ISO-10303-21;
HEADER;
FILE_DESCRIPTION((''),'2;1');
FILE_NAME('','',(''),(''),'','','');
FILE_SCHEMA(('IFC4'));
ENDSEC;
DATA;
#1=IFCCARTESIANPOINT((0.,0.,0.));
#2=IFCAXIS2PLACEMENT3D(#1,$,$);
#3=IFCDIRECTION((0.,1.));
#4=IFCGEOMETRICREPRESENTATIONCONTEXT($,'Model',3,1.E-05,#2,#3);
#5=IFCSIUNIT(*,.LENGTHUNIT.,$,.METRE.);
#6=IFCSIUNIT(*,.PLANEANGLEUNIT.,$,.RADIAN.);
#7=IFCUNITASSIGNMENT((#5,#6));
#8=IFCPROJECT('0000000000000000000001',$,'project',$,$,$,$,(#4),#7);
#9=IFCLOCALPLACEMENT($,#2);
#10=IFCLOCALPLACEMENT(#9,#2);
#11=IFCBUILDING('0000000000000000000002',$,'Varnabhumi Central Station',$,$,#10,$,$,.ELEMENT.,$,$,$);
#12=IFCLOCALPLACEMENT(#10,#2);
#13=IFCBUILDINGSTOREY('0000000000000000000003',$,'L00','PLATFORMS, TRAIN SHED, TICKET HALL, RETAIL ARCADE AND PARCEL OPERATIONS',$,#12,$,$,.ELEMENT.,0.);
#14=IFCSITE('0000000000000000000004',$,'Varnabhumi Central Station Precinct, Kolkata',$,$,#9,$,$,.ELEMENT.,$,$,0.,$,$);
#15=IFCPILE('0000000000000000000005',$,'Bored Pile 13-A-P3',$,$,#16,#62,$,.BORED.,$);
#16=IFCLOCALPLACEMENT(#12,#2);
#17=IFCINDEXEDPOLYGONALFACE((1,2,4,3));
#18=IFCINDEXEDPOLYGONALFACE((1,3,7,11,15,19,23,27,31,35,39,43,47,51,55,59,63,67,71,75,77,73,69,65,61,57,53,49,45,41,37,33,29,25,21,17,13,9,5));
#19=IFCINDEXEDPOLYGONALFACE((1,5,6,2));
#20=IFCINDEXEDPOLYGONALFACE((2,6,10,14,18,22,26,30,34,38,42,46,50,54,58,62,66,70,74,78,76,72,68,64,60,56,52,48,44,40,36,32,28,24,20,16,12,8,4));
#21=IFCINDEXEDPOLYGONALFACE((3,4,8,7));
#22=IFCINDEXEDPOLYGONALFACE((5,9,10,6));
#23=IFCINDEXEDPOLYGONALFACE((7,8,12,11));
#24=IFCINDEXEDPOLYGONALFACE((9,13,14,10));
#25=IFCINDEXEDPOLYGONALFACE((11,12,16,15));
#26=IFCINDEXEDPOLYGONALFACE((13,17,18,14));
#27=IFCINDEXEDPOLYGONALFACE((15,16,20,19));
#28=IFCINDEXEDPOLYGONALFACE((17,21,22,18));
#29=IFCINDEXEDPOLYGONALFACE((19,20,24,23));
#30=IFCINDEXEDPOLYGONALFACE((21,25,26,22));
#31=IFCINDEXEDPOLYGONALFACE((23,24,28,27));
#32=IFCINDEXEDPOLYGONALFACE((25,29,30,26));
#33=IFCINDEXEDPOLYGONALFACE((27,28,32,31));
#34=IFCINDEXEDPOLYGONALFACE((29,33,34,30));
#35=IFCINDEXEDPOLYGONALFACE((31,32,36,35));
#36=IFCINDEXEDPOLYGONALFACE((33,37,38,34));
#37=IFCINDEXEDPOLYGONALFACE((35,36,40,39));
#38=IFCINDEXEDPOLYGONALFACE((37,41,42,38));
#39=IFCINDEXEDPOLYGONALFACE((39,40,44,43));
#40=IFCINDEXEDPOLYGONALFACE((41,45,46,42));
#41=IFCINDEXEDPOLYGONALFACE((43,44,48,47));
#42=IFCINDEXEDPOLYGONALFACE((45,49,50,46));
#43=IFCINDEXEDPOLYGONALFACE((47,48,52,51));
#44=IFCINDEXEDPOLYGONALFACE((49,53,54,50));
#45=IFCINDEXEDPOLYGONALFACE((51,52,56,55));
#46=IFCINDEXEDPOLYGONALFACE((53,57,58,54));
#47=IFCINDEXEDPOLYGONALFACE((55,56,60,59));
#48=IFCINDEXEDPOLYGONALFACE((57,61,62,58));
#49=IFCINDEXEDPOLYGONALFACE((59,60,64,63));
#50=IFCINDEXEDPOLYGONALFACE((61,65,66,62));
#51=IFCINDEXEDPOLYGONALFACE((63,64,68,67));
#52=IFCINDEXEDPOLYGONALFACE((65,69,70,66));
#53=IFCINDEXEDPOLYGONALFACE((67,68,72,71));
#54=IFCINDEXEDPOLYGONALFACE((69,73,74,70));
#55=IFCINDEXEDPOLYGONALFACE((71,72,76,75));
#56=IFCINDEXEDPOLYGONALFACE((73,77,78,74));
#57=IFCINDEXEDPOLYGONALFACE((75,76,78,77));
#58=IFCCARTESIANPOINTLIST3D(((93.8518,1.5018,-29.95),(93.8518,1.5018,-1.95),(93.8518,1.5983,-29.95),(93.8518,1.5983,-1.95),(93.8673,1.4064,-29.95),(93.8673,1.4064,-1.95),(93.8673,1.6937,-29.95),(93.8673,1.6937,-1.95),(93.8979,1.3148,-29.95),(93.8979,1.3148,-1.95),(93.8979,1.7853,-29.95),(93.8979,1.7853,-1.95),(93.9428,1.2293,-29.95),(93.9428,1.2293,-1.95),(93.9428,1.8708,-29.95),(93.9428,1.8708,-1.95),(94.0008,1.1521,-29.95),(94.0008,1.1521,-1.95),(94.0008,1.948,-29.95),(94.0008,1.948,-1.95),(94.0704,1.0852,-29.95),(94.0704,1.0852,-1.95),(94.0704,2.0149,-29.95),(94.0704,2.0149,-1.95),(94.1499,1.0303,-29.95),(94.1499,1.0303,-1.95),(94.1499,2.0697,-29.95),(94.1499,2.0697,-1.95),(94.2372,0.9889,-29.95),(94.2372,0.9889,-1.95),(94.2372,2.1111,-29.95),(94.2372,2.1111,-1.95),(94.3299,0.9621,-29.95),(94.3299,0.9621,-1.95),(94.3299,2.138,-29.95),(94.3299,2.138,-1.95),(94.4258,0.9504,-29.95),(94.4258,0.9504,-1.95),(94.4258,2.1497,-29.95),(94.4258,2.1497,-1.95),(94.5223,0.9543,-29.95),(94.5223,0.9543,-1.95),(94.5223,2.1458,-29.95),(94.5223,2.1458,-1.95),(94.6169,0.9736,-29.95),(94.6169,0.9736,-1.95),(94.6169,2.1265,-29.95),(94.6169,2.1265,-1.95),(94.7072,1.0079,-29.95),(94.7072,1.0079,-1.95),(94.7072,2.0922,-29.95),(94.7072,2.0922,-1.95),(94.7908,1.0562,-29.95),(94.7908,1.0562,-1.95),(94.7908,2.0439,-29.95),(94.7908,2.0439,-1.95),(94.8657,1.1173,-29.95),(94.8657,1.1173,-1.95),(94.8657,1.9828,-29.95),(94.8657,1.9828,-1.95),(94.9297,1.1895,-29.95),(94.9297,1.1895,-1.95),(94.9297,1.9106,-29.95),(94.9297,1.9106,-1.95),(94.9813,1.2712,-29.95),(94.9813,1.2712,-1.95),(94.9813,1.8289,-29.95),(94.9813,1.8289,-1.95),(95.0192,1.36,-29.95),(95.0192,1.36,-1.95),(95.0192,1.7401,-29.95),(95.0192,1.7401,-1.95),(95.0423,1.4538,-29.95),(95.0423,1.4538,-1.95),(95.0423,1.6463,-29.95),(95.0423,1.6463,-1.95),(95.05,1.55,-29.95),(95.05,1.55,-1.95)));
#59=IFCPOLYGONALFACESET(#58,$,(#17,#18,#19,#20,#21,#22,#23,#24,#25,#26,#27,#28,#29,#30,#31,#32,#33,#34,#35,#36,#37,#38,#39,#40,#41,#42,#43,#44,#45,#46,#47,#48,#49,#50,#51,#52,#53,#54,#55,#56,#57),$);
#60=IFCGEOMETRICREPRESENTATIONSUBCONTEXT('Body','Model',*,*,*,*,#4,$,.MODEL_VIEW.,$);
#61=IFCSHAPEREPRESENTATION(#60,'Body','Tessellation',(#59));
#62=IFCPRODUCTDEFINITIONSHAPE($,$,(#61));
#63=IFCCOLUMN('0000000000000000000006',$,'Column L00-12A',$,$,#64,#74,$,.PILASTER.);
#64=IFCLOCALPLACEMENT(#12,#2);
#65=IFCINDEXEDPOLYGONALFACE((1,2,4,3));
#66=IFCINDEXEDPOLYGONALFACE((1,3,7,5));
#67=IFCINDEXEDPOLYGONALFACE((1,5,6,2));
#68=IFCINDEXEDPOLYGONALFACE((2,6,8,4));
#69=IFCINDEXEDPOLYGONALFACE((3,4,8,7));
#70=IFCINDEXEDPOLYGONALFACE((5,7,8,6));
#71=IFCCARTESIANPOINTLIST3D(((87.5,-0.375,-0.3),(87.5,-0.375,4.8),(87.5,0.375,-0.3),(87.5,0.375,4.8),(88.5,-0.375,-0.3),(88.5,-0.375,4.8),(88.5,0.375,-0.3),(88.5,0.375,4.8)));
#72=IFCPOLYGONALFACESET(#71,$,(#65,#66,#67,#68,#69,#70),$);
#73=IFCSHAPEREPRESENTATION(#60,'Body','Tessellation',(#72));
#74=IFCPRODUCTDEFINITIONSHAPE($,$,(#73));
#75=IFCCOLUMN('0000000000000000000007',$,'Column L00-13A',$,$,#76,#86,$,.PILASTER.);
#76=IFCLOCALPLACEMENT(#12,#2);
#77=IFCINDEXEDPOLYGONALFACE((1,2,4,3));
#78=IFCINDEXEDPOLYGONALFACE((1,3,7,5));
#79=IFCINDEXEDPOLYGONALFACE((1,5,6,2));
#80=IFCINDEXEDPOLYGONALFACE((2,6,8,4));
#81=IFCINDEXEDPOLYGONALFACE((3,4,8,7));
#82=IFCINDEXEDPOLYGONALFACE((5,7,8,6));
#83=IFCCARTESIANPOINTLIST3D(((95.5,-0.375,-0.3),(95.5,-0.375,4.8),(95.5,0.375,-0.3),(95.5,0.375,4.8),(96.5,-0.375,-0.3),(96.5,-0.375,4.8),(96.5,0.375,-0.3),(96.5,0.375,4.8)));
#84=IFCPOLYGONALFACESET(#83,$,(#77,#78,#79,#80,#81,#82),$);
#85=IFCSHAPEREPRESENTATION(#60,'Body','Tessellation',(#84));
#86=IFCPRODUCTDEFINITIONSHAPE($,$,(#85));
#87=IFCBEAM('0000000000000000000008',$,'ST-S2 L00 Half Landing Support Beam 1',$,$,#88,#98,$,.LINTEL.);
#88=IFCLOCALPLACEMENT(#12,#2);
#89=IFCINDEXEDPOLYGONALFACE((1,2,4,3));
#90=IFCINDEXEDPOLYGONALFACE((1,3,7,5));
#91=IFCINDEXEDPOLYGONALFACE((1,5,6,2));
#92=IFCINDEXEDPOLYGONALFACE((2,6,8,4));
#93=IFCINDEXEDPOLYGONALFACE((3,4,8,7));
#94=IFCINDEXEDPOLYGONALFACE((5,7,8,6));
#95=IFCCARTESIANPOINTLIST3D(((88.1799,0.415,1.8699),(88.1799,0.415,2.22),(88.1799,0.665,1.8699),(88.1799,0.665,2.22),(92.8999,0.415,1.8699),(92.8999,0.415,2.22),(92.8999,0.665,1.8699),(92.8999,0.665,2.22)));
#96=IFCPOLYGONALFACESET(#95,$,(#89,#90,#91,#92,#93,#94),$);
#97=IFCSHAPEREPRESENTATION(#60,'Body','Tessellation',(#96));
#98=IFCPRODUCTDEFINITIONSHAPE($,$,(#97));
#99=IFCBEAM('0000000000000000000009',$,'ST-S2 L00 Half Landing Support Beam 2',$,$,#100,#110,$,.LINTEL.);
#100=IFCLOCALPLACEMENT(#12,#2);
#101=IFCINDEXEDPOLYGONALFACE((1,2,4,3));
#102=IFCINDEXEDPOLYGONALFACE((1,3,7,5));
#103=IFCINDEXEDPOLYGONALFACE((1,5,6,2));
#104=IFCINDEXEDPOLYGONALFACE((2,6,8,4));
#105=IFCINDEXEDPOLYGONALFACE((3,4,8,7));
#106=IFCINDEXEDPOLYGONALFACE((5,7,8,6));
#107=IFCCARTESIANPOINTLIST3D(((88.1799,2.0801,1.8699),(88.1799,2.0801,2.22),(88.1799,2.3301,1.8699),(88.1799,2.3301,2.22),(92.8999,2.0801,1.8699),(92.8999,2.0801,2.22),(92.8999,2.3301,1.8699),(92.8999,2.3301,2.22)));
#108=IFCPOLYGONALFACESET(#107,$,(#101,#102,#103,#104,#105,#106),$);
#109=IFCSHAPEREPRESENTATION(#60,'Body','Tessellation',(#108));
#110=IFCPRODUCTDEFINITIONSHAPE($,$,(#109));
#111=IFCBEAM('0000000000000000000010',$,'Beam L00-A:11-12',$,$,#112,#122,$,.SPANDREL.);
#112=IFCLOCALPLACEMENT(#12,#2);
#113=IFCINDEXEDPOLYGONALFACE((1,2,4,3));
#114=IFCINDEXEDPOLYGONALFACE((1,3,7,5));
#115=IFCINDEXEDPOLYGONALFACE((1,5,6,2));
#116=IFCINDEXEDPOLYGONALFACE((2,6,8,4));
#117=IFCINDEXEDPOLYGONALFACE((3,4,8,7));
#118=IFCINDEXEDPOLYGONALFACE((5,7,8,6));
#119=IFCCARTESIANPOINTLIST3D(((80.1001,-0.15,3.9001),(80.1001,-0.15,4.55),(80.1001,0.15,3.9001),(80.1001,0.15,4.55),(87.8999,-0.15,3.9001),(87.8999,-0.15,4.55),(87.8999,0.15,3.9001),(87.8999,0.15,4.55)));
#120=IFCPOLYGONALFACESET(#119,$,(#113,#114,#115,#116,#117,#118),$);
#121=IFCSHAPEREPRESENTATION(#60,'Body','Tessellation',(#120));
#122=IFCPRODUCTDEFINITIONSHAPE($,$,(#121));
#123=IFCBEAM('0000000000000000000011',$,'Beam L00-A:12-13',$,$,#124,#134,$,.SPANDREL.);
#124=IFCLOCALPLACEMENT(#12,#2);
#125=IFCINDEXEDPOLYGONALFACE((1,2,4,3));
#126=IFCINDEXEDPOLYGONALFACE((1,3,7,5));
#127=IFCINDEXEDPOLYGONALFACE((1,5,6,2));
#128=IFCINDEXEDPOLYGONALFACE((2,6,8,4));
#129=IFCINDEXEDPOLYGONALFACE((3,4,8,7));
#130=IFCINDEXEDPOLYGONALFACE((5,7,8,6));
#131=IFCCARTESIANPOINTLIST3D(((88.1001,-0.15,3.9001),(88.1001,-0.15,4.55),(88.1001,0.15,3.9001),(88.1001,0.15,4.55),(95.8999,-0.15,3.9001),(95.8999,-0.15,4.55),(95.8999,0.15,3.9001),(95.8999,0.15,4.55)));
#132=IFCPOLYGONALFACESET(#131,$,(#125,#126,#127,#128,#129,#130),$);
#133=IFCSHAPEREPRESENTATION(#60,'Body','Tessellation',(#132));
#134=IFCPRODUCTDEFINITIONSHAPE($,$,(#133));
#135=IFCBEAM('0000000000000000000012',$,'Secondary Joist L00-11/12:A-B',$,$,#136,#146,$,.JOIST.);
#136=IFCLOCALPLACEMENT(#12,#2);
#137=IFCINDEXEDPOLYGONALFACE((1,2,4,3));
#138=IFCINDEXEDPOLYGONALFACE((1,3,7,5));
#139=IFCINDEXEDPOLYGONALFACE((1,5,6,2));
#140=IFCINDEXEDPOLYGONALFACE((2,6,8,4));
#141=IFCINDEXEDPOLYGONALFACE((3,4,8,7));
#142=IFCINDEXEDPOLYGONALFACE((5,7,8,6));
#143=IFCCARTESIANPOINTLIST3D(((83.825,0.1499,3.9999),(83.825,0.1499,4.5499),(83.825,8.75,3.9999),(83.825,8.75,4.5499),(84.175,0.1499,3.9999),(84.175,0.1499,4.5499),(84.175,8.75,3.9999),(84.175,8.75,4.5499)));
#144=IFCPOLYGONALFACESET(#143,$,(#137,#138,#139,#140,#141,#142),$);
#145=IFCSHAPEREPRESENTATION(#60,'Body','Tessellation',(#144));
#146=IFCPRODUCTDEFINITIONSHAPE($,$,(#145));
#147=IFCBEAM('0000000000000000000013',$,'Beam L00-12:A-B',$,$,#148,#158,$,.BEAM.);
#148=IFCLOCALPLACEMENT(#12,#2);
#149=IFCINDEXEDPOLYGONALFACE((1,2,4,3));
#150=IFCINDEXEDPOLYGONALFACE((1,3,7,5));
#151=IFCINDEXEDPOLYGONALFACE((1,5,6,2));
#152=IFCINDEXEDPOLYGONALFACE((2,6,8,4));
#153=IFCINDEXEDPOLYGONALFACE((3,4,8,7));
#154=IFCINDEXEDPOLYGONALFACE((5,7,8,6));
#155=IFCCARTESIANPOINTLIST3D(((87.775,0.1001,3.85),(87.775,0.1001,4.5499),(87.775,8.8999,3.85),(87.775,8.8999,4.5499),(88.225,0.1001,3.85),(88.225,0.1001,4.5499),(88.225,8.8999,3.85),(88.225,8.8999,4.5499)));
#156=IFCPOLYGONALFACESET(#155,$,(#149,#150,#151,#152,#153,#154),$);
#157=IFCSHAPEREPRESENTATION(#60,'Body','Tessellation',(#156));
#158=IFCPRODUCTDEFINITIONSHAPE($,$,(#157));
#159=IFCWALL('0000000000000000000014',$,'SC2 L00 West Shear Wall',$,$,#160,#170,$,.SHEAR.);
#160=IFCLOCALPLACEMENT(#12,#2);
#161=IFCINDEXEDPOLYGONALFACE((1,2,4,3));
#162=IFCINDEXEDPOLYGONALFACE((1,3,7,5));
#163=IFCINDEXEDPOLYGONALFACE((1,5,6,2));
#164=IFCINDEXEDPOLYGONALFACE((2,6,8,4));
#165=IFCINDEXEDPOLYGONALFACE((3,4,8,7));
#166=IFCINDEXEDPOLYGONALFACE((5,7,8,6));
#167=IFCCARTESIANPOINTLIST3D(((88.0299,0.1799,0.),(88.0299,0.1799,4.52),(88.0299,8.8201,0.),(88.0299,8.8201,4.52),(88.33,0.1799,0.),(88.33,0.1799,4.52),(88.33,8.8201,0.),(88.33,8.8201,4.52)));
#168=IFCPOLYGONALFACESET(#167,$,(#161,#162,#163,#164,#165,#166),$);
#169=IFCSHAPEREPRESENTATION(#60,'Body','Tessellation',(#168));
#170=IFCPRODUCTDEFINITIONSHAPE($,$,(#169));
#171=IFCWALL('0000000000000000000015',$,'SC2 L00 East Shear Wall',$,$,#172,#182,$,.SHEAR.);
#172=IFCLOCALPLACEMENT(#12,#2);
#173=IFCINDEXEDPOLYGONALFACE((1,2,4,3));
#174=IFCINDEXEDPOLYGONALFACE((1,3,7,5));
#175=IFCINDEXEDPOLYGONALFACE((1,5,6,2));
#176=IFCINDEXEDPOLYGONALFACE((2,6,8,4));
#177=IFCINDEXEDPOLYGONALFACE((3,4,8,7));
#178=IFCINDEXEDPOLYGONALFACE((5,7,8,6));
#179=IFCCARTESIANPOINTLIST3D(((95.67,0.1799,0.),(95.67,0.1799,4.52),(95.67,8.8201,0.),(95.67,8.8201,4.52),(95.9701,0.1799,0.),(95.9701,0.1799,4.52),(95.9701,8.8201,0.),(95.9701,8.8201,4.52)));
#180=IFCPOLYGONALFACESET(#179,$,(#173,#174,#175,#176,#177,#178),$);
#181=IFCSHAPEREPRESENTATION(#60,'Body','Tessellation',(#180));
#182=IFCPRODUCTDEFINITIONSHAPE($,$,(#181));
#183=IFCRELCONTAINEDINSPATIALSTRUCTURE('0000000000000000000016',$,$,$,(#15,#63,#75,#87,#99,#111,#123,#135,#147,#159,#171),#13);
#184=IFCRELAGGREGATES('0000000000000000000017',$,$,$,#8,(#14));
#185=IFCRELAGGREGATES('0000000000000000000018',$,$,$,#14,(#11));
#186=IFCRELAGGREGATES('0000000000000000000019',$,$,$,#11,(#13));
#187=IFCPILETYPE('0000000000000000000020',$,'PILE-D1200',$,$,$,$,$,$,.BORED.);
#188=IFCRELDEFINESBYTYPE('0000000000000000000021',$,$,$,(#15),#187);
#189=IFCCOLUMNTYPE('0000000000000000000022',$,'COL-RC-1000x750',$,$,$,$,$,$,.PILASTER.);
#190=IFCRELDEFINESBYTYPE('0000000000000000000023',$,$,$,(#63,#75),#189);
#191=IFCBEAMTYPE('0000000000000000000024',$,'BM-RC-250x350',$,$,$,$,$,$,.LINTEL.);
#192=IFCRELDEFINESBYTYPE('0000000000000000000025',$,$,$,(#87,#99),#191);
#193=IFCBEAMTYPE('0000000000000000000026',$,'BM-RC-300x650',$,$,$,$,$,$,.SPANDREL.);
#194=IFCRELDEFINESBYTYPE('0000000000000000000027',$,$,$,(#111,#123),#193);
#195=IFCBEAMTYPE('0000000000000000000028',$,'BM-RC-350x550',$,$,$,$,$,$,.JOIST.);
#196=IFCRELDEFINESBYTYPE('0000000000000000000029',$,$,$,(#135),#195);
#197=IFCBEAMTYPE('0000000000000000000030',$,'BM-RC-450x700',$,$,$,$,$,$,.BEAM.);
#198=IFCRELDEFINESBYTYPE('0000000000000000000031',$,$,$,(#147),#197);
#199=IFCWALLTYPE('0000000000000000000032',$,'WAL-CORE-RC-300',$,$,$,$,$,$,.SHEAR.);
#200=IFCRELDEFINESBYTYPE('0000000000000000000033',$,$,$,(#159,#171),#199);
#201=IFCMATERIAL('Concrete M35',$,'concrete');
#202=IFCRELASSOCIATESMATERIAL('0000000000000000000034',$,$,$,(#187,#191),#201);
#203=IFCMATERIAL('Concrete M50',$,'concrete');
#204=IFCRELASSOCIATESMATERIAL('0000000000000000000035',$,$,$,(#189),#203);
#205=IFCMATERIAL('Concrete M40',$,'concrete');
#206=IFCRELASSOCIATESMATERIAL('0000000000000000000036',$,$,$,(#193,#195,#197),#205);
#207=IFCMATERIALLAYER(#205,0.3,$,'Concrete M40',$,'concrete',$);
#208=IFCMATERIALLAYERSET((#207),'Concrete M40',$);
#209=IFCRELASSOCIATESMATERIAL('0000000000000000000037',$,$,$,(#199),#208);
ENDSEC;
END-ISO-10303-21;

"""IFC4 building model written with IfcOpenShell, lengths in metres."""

from ifc_helpers import new_model, si_unit, direction, frame, frame_2d, origin, origin_2d, place, context, subcontext, project, spatial, rectangle, circle, extrude, material, layer, layer_set, material_profile, profile_set, type_object, element, save


model = new_model("IFC4")

# Units and contexts
model_context = context("Model", 3, precision=1e-05, world=origin(), true_north=direction((0.0, 1.0)))
body_context = subcontext(model_context, "Body", "Model", "MODEL_VIEW")
ifc_project = project(units=[si_unit("LENGTHUNIT", "METRE"), si_unit("PLANEANGLEUNIT", "RADIAN")], contexts=[model_context])

# Site, building, storey
site_placement = place(None, origin())
site = spatial("IfcSite", under=ifc_project, at=site_placement, Name="Varnabhumi Central Station Precinct, Kolkata", CompositionType="ELEMENT", RefElevation=0.0)
building_placement = place(site_placement, origin())
building = spatial("IfcBuilding", under=site, at=building_placement, Name="Varnabhumi Central Station", CompositionType="ELEMENT")
storey_placement = place(building_placement, origin())
storey = spatial("IfcBuildingStorey", under=building, at=storey_placement, Name="L00", Description="PLATFORMS, TRAIN SHED, TICKET HALL, RETAIL ARCADE AND PARCEL OPERATIONS", CompositionType="ELEMENT", Elevation=0.0)

# Shared definitions
ifc_material_1 = material(Name="Concrete M40", Category="concrete")

# Pile
ifc_material_2 = material(Name="Concrete M35", Category="concrete")
ifc_material_profile_1 = material_profile(ifc_material_2, circle(Radius=0.6001, at=origin_2d()), Name="Concrete M35", Category="concrete")
ifc_profile_set_1 = profile_set([ifc_material_profile_1], Name="Concrete M35")
pile_type = type_object("IfcPileType", Name="PILE-D1200", PredefinedType="BORED", material=ifc_profile_set_1)
for number, where, z_axis, x_axis, name in (
    (1, (94.45, 1.55, -1.95), (0.0, 0.0, -1.0), (1.0, 0.0, 0.0), "Bored Pile 13-A-P3"),
):
    element("IfcPile", number, at=place(storey_placement, frame(where, z_axis=z_axis, x_axis=x_axis)), inside=storey, type_object=pile_type, Name=name, PredefinedType="BORED", context=body_context, shape_type="SweptSolid", body=[
        extrude(circle(Radius=0.6001, at=origin_2d()), origin(), (0.0, 0.0, 1.0), 28.0),
    ])

# Columns
ifc_material_3 = material(Name="Concrete M50", Category="concrete")
ifc_material_profile_2 = material_profile(ifc_material_3, rectangle(XDim=1.0, YDim=0.75, at=origin_2d()), Name="Concrete M50", Category="concrete")
ifc_profile_set_2 = profile_set([ifc_material_profile_2], Name="Concrete M50")
column_type = type_object("IfcColumnType", Name="COL-RC-1000x750", PredefinedType="PILASTER", material=ifc_profile_set_2)
for number, where, z_axis, x_axis, name in (
    (2, (88.0, 0.0, -0.3), (0.0, 0.0, 1.0), (1.0, 0.0, 0.0), "Column L00-12A"),
    (3, (96.0, 0.0, -0.3), (0.0, 0.0, 1.0), (1.0, 0.0, 0.0), "Column L00-13A"),
):
    element("IfcColumn", number, at=place(storey_placement, frame(where, z_axis=z_axis, x_axis=x_axis)), inside=storey, type_object=column_type, Name=name, PredefinedType="PILASTER", context=body_context, shape_type="SweptSolid", body=[
        extrude(rectangle(XDim=1.0, YDim=0.75, at=origin_2d()), origin(), (0.0, 0.0, 1.0), 5.1001),
    ])

# Beams
ifc_material_profile_3 = material_profile(ifc_material_2, rectangle(XDim=0.25, YDim=0.3501, at=origin_2d()), Name="Concrete M35", Category="concrete")
ifc_profile_set_3 = profile_set([ifc_material_profile_3], Name="Concrete M35")
beam_type_1 = type_object("IfcBeamType", Name="BM-RC-250x350", PredefinedType="LINTEL", material=ifc_profile_set_3)
for number, where, z_axis, x_axis, name in (
    (4, (88.1799, 0.54, 2.0449), (1.0, 0.0, 0.0), (0.0, 1.0, 0.0), "ST-S2 L00 Half Landing Support Beam 1"),
    (5, (88.1799, 2.2051, 2.0449), (1.0, 0.0, 0.0), (0.0, 1.0, 0.0), "ST-S2 L00 Half Landing Support Beam 2"),
):
    element("IfcBeam", number, at=place(storey_placement, frame(where, z_axis=z_axis, x_axis=x_axis)), inside=storey, type_object=beam_type_1, Name=name, PredefinedType="LINTEL", context=body_context, shape_type="SweptSolid", body=[
        extrude(rectangle(XDim=0.25, YDim=0.3501, at=origin_2d()), origin(), (0.0, 0.0, 1.0), 4.72),
    ])
ifc_material_profile_4 = material_profile(ifc_material_1, rectangle(XDim=0.3, YDim=0.6499, at=origin_2d()), Name="Concrete M40", Category="concrete")
ifc_profile_set_4 = profile_set([ifc_material_profile_4], Name="Concrete M40")
beam_type_2 = type_object("IfcBeamType", Name="BM-RC-300x650", PredefinedType="SPANDREL", material=ifc_profile_set_4)
for number, where, z_axis, x_axis, name in (
    (6, (80.1001, 0.0, 4.2251), (1.0, 0.0, 0.0), (0.0, 1.0, 0.0), "Beam L00-A:11-12"),
    (7, (88.1001, 0.0, 4.2251), (1.0, 0.0, 0.0), (0.0, 1.0, 0.0), "Beam L00-A:12-13"),
):
    element("IfcBeam", number, at=place(storey_placement, frame(where, z_axis=z_axis, x_axis=x_axis)), inside=storey, type_object=beam_type_2, Name=name, PredefinedType="SPANDREL", context=body_context, shape_type="SweptSolid", body=[
        extrude(rectangle(XDim=0.3, YDim=0.6499, at=origin_2d()), origin(), (0.0, 0.0, 1.0), 7.7998),
    ])
ifc_material_profile_5 = material_profile(ifc_material_1, rectangle(XDim=0.3501, YDim=0.55, at=origin_2d()), Name="Concrete M40", Category="concrete")
ifc_profile_set_5 = profile_set([ifc_material_profile_5], Name="Concrete M40")
beam_type_3 = type_object("IfcBeamType", Name="BM-RC-350x550", PredefinedType="JOIST", material=ifc_profile_set_5)
beam_1_placement = place(storey_placement, frame((84.0, 0.1499, 4.2749), z_axis=(0.0, 1.0, 0.0), x_axis=(-1.0, 0.0, 0.0)))
element("IfcBeam", 8, at=beam_1_placement, inside=storey, type_object=beam_type_3, Name="Secondary Joist L00-11/12:A-B", PredefinedType="JOIST", context=body_context, shape_type="SweptSolid", body=[
    extrude(rectangle(XDim=0.3501, YDim=0.55, at=origin_2d()), origin(), (0.0, 0.0, 1.0), 8.6001),
])
ifc_material_profile_6 = material_profile(ifc_material_1, rectangle(XDim=0.45, YDim=0.7, at=origin_2d()), Name="Concrete M40", Category="concrete")
ifc_profile_set_6 = profile_set([ifc_material_profile_6], Name="Concrete M40")
beam_type_4 = type_object("IfcBeamType", Name="BM-RC-450x700", PredefinedType="BEAM", material=ifc_profile_set_6)
beam_2_placement = place(storey_placement, frame((88.0, 0.1001, 4.2), z_axis=(0.0, 1.0, 0.0), x_axis=(-1.0, 0.0, 0.0)))
element("IfcBeam", 9, at=beam_2_placement, inside=storey, type_object=beam_type_4, Name="Beam L00-12:A-B", PredefinedType="BEAM", context=body_context, shape_type="SweptSolid", body=[
    extrude(rectangle(XDim=0.45, YDim=0.7, at=origin_2d()), origin(), (0.0, 0.0, 1.0), 8.7998),
])

# Walls
ifc_layer_1 = layer(ifc_material_1, 0.3, Name="Concrete M40", Category="concrete")
ifc_layer_set_1 = layer_set([ifc_layer_1], Name="Concrete M40")
wall_type_1 = type_object("IfcWallType", Name="WAL-CORE-RC-300", PredefinedType="SHEAR", material=ifc_layer_set_1)
for number, where, z_axis, x_axis, name in (
    (10, (88.1799, 0.1799, 0.0), (0.0, 0.0, 1.0), (0.0, 1.0, 0.0), "SC2 L00 West Shear Wall"),
    (11, (95.8201, 0.1799, 0.0), (0.0, 0.0, 1.0), (0.0, 1.0, 0.0), "SC2 L00 East Shear Wall"),
):
    element("IfcWall", number, at=place(storey_placement, frame(where, z_axis=z_axis, x_axis=x_axis)), inside=storey, type_object=wall_type_1, Name=name, PredefinedType="SHEAR", context=body_context, shape_type="SweptSolid", body=[
        extrude(rectangle(XDim=8.6401, YDim=0.3, at=frame_2d((4.3201, 0.0))), origin(), (0.0, 0.0, 1.0), 4.52),
    ])

save(model, "model.ifc")
